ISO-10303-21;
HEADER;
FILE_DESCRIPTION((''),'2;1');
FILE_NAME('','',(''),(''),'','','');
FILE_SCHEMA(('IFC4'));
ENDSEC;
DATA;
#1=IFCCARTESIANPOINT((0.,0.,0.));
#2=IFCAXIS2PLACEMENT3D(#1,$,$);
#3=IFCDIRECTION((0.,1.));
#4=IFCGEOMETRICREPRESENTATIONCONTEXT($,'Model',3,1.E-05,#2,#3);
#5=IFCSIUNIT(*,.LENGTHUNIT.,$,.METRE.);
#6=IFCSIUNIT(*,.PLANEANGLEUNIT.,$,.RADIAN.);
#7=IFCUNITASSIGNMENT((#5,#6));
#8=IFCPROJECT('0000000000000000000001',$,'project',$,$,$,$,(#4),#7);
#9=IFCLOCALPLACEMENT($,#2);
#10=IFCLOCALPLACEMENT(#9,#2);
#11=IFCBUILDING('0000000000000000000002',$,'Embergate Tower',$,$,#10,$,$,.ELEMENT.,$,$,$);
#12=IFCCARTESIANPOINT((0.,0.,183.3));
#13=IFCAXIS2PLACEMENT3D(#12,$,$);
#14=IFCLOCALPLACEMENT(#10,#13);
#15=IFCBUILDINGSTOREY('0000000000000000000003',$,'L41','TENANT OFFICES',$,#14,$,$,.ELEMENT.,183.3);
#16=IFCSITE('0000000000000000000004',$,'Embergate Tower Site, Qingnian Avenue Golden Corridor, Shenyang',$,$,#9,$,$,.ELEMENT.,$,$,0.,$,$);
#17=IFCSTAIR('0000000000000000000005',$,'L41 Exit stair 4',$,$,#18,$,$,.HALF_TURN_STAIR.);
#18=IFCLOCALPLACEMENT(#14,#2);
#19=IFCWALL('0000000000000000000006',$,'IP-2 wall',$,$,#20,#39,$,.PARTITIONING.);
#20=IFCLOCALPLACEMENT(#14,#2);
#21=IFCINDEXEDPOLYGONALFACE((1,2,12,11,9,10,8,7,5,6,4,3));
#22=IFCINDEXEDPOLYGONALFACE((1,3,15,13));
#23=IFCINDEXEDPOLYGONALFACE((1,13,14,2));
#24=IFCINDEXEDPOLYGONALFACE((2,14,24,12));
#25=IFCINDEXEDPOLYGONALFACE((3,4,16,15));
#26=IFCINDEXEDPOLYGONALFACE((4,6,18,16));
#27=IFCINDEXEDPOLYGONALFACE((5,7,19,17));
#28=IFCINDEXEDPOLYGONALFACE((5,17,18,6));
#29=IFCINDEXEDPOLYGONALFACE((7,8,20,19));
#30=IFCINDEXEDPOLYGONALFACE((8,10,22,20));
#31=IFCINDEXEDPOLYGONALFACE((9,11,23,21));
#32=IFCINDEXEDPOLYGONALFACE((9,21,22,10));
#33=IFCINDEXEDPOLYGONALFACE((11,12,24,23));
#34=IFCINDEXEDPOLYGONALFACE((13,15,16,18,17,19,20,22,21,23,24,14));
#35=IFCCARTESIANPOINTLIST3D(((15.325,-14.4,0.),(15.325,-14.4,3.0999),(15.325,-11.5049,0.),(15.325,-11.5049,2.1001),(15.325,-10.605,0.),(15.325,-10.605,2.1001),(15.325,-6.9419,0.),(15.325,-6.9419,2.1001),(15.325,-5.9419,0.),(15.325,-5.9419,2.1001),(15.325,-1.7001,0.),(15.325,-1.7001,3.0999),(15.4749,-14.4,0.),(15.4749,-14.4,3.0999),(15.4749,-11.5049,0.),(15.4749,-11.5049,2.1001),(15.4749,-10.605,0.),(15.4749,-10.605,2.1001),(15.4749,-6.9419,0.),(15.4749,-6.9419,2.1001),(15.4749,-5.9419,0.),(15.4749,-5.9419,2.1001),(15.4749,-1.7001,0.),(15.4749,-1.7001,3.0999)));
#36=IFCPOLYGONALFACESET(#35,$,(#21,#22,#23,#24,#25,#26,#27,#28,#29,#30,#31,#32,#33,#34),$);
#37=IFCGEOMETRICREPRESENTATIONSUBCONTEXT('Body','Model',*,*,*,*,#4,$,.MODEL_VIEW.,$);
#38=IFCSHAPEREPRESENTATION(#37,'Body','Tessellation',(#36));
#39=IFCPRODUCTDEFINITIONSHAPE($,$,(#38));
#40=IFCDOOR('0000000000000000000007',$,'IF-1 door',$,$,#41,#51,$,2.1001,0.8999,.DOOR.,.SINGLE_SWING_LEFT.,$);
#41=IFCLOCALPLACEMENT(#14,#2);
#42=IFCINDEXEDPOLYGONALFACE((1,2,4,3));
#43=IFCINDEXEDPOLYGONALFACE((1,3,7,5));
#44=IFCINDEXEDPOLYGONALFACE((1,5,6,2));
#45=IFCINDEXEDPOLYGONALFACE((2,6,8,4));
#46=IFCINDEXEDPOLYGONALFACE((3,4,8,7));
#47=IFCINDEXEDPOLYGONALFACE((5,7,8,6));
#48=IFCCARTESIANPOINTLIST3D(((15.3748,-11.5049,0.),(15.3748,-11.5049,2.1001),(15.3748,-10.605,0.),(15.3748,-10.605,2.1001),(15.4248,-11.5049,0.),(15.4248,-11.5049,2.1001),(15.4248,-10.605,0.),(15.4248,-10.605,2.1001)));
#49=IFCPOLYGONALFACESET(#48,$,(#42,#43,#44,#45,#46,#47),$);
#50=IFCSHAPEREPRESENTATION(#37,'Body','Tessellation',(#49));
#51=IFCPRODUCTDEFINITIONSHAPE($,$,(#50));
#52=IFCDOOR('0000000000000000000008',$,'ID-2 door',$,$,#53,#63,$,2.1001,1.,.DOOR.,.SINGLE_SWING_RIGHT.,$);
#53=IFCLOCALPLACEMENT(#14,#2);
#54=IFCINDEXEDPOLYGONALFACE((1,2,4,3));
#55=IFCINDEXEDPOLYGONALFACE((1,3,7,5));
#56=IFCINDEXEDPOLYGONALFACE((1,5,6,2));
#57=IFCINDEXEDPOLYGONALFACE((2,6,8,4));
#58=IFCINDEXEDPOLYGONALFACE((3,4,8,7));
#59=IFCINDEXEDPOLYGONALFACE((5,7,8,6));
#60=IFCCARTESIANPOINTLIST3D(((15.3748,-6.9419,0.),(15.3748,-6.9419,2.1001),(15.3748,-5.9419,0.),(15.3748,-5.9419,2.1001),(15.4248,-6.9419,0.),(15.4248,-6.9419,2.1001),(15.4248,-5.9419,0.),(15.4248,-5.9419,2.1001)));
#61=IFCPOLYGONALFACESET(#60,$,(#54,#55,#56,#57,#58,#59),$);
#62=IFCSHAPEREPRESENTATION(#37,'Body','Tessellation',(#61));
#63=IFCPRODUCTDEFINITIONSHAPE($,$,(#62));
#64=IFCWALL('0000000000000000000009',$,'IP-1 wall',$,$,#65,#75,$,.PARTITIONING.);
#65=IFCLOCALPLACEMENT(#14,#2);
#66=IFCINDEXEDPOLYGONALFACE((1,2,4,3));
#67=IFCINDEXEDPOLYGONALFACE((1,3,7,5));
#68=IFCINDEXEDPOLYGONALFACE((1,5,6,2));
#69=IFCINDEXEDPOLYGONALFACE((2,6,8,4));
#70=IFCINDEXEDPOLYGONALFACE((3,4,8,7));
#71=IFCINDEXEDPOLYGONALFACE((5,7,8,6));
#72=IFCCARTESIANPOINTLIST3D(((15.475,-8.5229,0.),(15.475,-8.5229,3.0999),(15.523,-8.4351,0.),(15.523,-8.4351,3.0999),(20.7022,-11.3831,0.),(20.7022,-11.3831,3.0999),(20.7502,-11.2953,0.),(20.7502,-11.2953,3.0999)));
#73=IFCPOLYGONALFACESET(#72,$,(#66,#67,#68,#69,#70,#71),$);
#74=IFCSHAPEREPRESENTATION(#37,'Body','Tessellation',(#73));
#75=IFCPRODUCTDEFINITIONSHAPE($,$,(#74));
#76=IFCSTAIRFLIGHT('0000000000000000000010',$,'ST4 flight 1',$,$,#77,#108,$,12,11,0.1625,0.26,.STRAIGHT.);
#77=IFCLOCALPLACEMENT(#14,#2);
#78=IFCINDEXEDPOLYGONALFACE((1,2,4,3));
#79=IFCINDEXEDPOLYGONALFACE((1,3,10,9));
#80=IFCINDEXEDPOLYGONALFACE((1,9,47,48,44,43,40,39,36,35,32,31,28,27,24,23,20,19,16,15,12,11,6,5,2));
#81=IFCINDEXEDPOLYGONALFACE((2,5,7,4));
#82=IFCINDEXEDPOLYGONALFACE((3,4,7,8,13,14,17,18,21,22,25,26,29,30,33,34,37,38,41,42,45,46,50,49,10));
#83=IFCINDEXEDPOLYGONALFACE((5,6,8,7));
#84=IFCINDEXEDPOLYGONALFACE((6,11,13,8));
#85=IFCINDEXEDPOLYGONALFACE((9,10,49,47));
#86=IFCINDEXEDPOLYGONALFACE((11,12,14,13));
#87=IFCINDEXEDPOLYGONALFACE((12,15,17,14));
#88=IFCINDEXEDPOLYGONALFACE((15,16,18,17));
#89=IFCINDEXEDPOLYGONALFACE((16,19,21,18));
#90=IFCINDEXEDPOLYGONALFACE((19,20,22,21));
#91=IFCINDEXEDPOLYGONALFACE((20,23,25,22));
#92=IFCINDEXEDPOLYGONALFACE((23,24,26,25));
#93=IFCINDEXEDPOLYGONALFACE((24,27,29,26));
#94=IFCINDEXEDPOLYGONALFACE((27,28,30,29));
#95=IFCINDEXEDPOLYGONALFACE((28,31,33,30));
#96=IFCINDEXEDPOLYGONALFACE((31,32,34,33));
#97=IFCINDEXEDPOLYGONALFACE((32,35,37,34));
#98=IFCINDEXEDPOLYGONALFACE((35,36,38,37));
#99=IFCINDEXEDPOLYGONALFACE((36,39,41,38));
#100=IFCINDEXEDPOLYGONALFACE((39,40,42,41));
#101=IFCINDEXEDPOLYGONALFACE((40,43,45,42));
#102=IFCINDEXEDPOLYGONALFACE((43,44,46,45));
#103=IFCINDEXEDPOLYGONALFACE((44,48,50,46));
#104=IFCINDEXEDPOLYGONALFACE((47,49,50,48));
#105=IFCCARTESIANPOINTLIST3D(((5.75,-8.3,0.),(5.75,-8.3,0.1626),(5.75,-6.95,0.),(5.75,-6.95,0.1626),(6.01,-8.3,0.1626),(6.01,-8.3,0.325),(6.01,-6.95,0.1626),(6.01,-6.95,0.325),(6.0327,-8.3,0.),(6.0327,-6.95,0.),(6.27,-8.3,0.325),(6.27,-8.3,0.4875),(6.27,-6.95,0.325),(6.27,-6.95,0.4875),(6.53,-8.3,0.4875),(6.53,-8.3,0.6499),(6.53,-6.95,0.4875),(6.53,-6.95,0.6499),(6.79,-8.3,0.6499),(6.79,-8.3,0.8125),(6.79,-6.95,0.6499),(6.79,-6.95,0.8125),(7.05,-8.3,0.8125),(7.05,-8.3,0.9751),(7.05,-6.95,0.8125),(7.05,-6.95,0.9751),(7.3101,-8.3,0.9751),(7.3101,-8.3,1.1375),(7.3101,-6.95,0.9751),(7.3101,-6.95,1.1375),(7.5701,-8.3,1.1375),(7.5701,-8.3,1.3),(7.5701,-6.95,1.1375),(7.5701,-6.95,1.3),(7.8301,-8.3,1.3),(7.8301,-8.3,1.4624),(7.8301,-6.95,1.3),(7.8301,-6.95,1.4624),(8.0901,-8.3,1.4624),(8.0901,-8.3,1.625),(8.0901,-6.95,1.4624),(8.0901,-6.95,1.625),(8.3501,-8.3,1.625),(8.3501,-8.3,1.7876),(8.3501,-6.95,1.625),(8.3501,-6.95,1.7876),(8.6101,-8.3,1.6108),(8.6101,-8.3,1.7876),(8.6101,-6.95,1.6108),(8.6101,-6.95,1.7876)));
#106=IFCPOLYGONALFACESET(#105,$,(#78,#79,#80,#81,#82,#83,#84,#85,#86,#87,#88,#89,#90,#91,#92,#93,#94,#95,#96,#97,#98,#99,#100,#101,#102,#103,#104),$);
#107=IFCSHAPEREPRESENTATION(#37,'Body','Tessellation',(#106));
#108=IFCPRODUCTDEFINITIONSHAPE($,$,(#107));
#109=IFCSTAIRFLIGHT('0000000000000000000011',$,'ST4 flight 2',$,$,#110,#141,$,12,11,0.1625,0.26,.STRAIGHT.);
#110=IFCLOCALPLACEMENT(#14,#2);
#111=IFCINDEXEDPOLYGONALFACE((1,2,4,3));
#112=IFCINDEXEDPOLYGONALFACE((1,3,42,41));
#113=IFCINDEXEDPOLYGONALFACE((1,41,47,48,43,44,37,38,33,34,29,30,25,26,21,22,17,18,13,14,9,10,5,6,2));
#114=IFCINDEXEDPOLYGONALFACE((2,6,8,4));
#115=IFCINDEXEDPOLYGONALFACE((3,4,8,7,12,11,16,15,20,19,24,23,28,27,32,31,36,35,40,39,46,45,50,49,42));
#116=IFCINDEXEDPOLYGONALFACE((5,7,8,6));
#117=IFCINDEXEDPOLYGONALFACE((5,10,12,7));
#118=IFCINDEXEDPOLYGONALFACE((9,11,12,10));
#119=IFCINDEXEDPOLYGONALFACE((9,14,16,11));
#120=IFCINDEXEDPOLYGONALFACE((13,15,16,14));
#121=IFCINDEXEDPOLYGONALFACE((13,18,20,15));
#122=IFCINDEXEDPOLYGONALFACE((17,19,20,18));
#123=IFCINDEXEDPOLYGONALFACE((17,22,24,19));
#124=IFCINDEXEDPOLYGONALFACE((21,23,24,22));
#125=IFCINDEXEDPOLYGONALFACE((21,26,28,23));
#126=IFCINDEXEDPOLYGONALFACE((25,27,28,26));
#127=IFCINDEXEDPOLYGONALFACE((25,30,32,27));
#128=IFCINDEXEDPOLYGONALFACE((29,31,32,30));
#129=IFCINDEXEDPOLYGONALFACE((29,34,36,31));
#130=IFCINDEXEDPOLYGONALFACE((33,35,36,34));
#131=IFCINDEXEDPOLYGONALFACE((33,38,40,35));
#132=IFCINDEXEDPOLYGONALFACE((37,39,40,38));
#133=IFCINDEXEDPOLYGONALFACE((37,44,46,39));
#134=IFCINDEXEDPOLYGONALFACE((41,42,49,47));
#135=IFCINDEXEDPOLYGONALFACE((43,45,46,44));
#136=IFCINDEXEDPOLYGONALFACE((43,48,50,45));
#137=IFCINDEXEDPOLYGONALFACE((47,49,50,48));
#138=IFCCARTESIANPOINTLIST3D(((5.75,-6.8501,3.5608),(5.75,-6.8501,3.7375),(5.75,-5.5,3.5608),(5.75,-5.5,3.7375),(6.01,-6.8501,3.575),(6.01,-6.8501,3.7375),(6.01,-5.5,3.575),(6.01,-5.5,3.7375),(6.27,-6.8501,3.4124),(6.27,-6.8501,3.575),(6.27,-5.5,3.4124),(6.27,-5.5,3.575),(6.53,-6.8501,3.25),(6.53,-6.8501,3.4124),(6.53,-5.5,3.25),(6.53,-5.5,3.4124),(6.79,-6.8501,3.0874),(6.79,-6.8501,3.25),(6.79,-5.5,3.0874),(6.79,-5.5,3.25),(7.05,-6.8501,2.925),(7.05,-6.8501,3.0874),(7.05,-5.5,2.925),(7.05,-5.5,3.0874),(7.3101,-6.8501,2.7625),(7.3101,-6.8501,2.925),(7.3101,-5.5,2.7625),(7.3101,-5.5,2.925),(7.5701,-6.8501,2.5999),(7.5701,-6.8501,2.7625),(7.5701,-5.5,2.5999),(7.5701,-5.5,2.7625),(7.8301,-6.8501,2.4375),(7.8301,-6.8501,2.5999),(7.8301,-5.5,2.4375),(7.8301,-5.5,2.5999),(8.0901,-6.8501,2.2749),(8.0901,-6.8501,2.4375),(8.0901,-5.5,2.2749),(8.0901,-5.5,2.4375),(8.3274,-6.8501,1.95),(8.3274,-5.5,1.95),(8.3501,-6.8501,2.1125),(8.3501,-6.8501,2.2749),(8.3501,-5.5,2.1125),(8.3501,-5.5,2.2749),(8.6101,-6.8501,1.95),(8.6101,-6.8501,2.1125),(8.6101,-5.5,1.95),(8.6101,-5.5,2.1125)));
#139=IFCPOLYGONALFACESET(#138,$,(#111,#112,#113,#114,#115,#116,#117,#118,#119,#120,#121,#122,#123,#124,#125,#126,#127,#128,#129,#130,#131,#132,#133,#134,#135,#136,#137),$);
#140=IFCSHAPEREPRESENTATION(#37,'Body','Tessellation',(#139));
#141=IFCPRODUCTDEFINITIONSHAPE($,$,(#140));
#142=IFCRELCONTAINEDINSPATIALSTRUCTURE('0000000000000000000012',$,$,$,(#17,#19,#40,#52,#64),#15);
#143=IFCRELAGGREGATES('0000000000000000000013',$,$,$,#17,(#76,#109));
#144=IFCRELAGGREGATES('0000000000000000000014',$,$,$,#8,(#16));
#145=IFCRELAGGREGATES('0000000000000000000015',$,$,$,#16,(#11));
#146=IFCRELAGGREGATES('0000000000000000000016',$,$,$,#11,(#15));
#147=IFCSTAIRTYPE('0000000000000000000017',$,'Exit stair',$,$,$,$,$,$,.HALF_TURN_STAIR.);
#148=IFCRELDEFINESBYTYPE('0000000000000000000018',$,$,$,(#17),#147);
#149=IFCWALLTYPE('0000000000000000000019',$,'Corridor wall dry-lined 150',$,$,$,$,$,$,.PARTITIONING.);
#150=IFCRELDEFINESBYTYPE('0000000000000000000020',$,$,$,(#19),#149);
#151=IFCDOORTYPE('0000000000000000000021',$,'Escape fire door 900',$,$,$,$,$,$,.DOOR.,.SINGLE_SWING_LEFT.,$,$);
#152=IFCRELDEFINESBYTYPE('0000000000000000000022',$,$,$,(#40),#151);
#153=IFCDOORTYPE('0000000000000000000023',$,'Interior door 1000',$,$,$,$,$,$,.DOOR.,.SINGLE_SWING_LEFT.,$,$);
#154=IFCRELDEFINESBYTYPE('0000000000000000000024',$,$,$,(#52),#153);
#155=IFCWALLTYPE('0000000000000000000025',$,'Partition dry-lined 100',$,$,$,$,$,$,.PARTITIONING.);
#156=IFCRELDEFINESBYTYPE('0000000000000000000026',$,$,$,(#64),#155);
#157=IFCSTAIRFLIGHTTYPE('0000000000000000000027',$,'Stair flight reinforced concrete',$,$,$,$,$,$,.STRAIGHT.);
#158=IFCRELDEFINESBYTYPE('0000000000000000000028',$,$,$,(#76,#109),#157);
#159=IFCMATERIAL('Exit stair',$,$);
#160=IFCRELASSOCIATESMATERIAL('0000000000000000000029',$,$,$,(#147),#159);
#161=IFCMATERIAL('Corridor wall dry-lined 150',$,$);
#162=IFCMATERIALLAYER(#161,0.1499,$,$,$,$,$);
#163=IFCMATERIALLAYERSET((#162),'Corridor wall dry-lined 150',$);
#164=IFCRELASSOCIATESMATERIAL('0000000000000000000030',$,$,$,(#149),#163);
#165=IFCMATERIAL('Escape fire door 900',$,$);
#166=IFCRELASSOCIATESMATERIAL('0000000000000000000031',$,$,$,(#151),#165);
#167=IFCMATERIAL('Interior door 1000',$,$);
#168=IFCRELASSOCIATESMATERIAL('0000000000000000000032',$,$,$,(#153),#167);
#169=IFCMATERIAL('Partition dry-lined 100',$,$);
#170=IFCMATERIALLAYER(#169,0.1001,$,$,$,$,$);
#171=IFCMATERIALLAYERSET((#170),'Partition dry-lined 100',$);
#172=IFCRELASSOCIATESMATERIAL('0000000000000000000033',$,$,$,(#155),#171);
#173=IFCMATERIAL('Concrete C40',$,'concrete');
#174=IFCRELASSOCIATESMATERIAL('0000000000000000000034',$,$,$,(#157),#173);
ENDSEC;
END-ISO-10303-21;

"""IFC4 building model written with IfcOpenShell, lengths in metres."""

from ifc_helpers import new_model, si_unit, direction, frame, frame_2d, origin, place, context, subcontext, project, spatial, polyline, rectangle, outline, extrude, source, transform, mapped, material, layer, layer_set, type_object, element, fill, aggregate, save


model = new_model("IFC4")

# Units and contexts
model_context = context("Model", 3, precision=1e-05, world=origin(), true_north=direction((0.0, 1.0)))
body_context = subcontext(model_context, "Body", "Model", "MODEL_VIEW")
ifc_project = project(units=[si_unit("LENGTHUNIT", "METRE"), si_unit("PLANEANGLEUNIT", "RADIAN")], contexts=[model_context])

# Site, building, storey
site_placement = place(None, origin())
site = spatial("IfcSite", under=ifc_project, at=site_placement, Name="Embergate Tower Site, Qingnian Avenue Golden Corridor, Shenyang", CompositionType="ELEMENT", RefElevation=0.0)
building_placement = place(site_placement, origin())
building = spatial("IfcBuilding", under=site, at=building_placement, Name="Embergate Tower", CompositionType="ELEMENT")
storey_placement = place(building_placement, frame((0.0, 0.0, 183.3)))
storey = spatial("IfcBuildingStorey", under=building, at=storey_placement, Name="L41", Description="TENANT OFFICES", CompositionType="ELEMENT", Elevation=183.3)

# Stair
ifc_material_1 = material(Name="Exit stair")
stair_type = type_object("IfcStairType", Name="Exit stair", PredefinedType="HALF_TURN_STAIR", material=ifc_material_1)
stair_placement = place(storey_placement, origin())
stair = element("IfcStair", 1, at=stair_placement, inside=storey, type_object=stair_type, Name="L41 Exit stair 4", PredefinedType="HALF_TURN_STAIR")
ifc_material_2 = material(Name="Concrete C40", Category="concrete")

# Wall, openings, doors
ifc_material_3 = material(Name="Corridor wall dry-lined 150")
ifc_layer_1 = layer(ifc_material_3, 0.1499)
ifc_layer_set_1 = layer_set([ifc_layer_1], Name="Corridor wall dry-lined 150")
wall_type_1 = type_object("IfcWallType", Name="Corridor wall dry-lined 150", PredefinedType="PARTITIONING", material=ifc_layer_set_1)
shared_shape_1 = source(origin(), body_context, "Body", "SweptSolid", [
    extrude(rectangle(XDim=12.7, YDim=0.1499, at=frame_2d((6.3501, 0.0))), origin(), (0.0, 0.0, 1.0), 3.0999),
])
wall_1_placement = place(storey_placement, frame((15.3999, -1.7, 0.0), z_axis=(0.0, 0.0, 1.0), x_axis=(0.0, -1.0, 0.0)))
wall_1 = element("IfcWall", 2, at=wall_1_placement, inside=storey, type_object=wall_type_1, Name="IP-2 wall", PredefinedType="PARTITIONING", context=body_context, shape_type="MappedRepresentation", body=[
    mapped(shared_shape_1, transform((0.0, 0.0, 0.0))),
])
shared_shape_2 = source(origin(), body_context, "Body", "SweptSolid", [
    extrude(rectangle(XDim=0.8999, YDim=2.1001, at=frame_2d((0.45, 1.05))), frame((0.0, 0.085, 0.0), z_axis=(0.0, -1.0, 0.0), x_axis=(1.0, 0.0, 0.0)), (0.0, 0.0, 1.0), 0.1699),
])
opening_1_placement = place(wall_1_placement, frame((8.905, 0.0, 0.0)))
opening_1 = element("IfcOpeningElement", 3, at=opening_1_placement, cuts=wall_1, PredefinedType="OPENING", context=body_context, shape_type="MappedRepresentation", body=[
    mapped(shared_shape_2, transform((0.0, 0.0, 0.0))),
])
shared_shape_3 = source(origin(), body_context, "Body", "SweptSolid", [
    extrude(rectangle(XDim=1.0, YDim=2.1001, at=frame_2d((0.5, 1.05))), frame((0.0, 0.085, 0.0), z_axis=(0.0, -1.0, 0.0), x_axis=(1.0, 0.0, 0.0)), (0.0, 0.0, 1.0), 0.1699),
])
opening_2_placement = place(wall_1_placement, frame((4.2419, 0.0, 0.0)))
opening_2 = element("IfcOpeningElement", 4, at=opening_2_placement, cuts=wall_1, PredefinedType="OPENING", context=body_context, shape_type="MappedRepresentation", body=[
    mapped(shared_shape_3, transform((0.0, 0.0, 0.0))),
])
ifc_material_4 = material(Name="Escape fire door 900")
door_type_1 = type_object("IfcDoorType", Name="Escape fire door 900", OperationType="SINGLE_SWING_LEFT", PredefinedType="DOOR", material=ifc_material_4)
shared_shape_4 = source(origin(), body_context, "Body", "SweptSolid", [
    extrude(rectangle(XDim=0.8999, YDim=2.1001, at=frame_2d((0.45, 1.05))), frame((0.0, 0.0249, 0.0), z_axis=(0.0, -1.0, 0.0), x_axis=(1.0, 0.0, 0.0)), (0.0, 0.0, 1.0), 0.05),
])
door_1_placement = place(opening_1_placement, origin())
door_1 = element("IfcDoor", 5, at=door_1_placement, inside=storey, type_object=door_type_1, Name="IF-1 door", OperationType="SINGLE_SWING_LEFT", OverallHeight=2.1001, OverallWidth=0.8999, PredefinedType="DOOR", context=body_context, shape_type="MappedRepresentation", body=[
    mapped(shared_shape_4, transform((0.0, 0.0, 0.0))),
])
fill(opening_1, door_1)
ifc_material_5 = material(Name="Interior door 1000")
door_type_2 = type_object("IfcDoorType", Name="Interior door 1000", OperationType="SINGLE_SWING_LEFT", PredefinedType="DOOR", material=ifc_material_5)
shared_shape_5 = source(origin(), body_context, "Body", "SweptSolid", [
    extrude(rectangle(XDim=1.0, YDim=2.1001, at=frame_2d((0.5, 1.05))), frame((0.0, 0.0249, 0.0), z_axis=(0.0, -1.0, 0.0), x_axis=(1.0, 0.0, 0.0)), (0.0, 0.0, 1.0), 0.05),
])
door_2_placement = place(opening_2_placement, origin())
door_2 = element("IfcDoor", 6, at=door_2_placement, inside=storey, type_object=door_type_2, Name="ID-2 door", OperationType="SINGLE_SWING_RIGHT", OverallHeight=2.1001, OverallWidth=1.0, PredefinedType="DOOR", context=body_context, shape_type="MappedRepresentation", body=[
    mapped(shared_shape_5, transform((0.0, 0.0, 0.0))),
])
fill(opening_2, door_2)

# Wall
ifc_material_6 = material(Name="Partition dry-lined 100")
ifc_layer_2 = layer(ifc_material_6, 0.1001)
ifc_layer_set_2 = layer_set([ifc_layer_2], Name="Partition dry-lined 100")
wall_type_2 = type_object("IfcWallType", Name="Partition dry-lined 100", PredefinedType="PARTITIONING", material=ifc_layer_set_2)
shared_shape_6 = source(origin(), body_context, "Body", "SweptSolid", [
    extrude(rectangle(XDim=5.9585, YDim=0.1001, at=frame_2d((2.9792, 0.0))), origin(), (0.0, 0.0, 1.0), 3.0999),
])
wall_2_placement = place(storey_placement, frame((15.499, -8.479, 0.0), z_axis=(0.0, 0.0, 1.0), x_axis=(0.877261, -0.480014, 0.0)))
element("IfcWall", 7, at=wall_2_placement, inside=storey, type_object=wall_type_2, Name="IP-1 wall", PredefinedType="PARTITIONING", context=body_context, shape_type="MappedRepresentation", body=[
    mapped(shared_shape_6, transform((0.0, 0.0, 0.0))),
])

# Stair flights
stair_flight_type = type_object("IfcStairFlightType", Name="Stair flight reinforced concrete", PredefinedType="STRAIGHT", material=ifc_material_2)
shared_shape_7 = source(origin(), body_context, "Body", "SweptSolid", [
    extrude(outline(polyline([(0.0, 0.0), (0.0, 0.1626), (0.26, 0.1626), (0.26, 0.325), (0.52, 0.325), (0.52, 0.4875), (0.78, 0.4875), (0.78, 0.6499), (1.04, 0.6499), (1.04, 0.8125), (1.3, 0.8125), (1.3, 0.9751), (1.5601, 0.9751), (1.5601, 1.1375), (1.8201, 1.1375), (1.8201, 1.3), (2.0801, 1.3), (2.0801, 1.4624), (2.3401, 1.4624), (2.3401, 1.625), (2.6001, 1.625), (2.6001, 1.7876), (2.8601, 1.7876), (2.8601, 1.95), (2.8601, 1.6108), (0.2827, 0.0), (0.0, 0.0)])), frame((0.0, 0.675, 0.0), z_axis=(0.0, -1.0, 0.0), x_axis=(1.0, 0.0, 0.0)), (0.0, 0.0, 1.0), 1.3501),
])
stair_flight_1_placement = place(storey_placement, frame((5.75, -7.625, 0.0), z_axis=(0.0, 0.0, 1.0), x_axis=(1.0, 0.0, 0.0)))
stair_flight_1 = element("IfcStairFlight", 8, at=stair_flight_1_placement, type_object=stair_flight_type, Name="ST4 flight 1", NumberOfRisers=12, NumberOfTreads=11, PredefinedType="STRAIGHT", RiserHeight=0.1625, TreadLength=0.26, context=body_context, shape_type="MappedRepresentation", body=[
    mapped(shared_shape_7, transform((0.0, 0.0, 0.0))),
])
stair_flight_2_placement = place(storey_placement, frame((8.6101, -6.175, 1.95), z_axis=(0.0, 0.0, 1.0), x_axis=(-1.0, 0.0, 0.0)))
stair_flight_2 = element("IfcStairFlight", 9, at=stair_flight_2_placement, type_object=stair_flight_type, Name="ST4 flight 2", NumberOfRisers=12, NumberOfTreads=11, PredefinedType="STRAIGHT", RiserHeight=0.1625, TreadLength=0.26, context=body_context, shape_type="MappedRepresentation", body=[
    mapped(shared_shape_7, transform((0.0, 0.0, 0.0))),
])
aggregate(stair, [stair_flight_1, stair_flight_2])

save(model, "model.ifc")
